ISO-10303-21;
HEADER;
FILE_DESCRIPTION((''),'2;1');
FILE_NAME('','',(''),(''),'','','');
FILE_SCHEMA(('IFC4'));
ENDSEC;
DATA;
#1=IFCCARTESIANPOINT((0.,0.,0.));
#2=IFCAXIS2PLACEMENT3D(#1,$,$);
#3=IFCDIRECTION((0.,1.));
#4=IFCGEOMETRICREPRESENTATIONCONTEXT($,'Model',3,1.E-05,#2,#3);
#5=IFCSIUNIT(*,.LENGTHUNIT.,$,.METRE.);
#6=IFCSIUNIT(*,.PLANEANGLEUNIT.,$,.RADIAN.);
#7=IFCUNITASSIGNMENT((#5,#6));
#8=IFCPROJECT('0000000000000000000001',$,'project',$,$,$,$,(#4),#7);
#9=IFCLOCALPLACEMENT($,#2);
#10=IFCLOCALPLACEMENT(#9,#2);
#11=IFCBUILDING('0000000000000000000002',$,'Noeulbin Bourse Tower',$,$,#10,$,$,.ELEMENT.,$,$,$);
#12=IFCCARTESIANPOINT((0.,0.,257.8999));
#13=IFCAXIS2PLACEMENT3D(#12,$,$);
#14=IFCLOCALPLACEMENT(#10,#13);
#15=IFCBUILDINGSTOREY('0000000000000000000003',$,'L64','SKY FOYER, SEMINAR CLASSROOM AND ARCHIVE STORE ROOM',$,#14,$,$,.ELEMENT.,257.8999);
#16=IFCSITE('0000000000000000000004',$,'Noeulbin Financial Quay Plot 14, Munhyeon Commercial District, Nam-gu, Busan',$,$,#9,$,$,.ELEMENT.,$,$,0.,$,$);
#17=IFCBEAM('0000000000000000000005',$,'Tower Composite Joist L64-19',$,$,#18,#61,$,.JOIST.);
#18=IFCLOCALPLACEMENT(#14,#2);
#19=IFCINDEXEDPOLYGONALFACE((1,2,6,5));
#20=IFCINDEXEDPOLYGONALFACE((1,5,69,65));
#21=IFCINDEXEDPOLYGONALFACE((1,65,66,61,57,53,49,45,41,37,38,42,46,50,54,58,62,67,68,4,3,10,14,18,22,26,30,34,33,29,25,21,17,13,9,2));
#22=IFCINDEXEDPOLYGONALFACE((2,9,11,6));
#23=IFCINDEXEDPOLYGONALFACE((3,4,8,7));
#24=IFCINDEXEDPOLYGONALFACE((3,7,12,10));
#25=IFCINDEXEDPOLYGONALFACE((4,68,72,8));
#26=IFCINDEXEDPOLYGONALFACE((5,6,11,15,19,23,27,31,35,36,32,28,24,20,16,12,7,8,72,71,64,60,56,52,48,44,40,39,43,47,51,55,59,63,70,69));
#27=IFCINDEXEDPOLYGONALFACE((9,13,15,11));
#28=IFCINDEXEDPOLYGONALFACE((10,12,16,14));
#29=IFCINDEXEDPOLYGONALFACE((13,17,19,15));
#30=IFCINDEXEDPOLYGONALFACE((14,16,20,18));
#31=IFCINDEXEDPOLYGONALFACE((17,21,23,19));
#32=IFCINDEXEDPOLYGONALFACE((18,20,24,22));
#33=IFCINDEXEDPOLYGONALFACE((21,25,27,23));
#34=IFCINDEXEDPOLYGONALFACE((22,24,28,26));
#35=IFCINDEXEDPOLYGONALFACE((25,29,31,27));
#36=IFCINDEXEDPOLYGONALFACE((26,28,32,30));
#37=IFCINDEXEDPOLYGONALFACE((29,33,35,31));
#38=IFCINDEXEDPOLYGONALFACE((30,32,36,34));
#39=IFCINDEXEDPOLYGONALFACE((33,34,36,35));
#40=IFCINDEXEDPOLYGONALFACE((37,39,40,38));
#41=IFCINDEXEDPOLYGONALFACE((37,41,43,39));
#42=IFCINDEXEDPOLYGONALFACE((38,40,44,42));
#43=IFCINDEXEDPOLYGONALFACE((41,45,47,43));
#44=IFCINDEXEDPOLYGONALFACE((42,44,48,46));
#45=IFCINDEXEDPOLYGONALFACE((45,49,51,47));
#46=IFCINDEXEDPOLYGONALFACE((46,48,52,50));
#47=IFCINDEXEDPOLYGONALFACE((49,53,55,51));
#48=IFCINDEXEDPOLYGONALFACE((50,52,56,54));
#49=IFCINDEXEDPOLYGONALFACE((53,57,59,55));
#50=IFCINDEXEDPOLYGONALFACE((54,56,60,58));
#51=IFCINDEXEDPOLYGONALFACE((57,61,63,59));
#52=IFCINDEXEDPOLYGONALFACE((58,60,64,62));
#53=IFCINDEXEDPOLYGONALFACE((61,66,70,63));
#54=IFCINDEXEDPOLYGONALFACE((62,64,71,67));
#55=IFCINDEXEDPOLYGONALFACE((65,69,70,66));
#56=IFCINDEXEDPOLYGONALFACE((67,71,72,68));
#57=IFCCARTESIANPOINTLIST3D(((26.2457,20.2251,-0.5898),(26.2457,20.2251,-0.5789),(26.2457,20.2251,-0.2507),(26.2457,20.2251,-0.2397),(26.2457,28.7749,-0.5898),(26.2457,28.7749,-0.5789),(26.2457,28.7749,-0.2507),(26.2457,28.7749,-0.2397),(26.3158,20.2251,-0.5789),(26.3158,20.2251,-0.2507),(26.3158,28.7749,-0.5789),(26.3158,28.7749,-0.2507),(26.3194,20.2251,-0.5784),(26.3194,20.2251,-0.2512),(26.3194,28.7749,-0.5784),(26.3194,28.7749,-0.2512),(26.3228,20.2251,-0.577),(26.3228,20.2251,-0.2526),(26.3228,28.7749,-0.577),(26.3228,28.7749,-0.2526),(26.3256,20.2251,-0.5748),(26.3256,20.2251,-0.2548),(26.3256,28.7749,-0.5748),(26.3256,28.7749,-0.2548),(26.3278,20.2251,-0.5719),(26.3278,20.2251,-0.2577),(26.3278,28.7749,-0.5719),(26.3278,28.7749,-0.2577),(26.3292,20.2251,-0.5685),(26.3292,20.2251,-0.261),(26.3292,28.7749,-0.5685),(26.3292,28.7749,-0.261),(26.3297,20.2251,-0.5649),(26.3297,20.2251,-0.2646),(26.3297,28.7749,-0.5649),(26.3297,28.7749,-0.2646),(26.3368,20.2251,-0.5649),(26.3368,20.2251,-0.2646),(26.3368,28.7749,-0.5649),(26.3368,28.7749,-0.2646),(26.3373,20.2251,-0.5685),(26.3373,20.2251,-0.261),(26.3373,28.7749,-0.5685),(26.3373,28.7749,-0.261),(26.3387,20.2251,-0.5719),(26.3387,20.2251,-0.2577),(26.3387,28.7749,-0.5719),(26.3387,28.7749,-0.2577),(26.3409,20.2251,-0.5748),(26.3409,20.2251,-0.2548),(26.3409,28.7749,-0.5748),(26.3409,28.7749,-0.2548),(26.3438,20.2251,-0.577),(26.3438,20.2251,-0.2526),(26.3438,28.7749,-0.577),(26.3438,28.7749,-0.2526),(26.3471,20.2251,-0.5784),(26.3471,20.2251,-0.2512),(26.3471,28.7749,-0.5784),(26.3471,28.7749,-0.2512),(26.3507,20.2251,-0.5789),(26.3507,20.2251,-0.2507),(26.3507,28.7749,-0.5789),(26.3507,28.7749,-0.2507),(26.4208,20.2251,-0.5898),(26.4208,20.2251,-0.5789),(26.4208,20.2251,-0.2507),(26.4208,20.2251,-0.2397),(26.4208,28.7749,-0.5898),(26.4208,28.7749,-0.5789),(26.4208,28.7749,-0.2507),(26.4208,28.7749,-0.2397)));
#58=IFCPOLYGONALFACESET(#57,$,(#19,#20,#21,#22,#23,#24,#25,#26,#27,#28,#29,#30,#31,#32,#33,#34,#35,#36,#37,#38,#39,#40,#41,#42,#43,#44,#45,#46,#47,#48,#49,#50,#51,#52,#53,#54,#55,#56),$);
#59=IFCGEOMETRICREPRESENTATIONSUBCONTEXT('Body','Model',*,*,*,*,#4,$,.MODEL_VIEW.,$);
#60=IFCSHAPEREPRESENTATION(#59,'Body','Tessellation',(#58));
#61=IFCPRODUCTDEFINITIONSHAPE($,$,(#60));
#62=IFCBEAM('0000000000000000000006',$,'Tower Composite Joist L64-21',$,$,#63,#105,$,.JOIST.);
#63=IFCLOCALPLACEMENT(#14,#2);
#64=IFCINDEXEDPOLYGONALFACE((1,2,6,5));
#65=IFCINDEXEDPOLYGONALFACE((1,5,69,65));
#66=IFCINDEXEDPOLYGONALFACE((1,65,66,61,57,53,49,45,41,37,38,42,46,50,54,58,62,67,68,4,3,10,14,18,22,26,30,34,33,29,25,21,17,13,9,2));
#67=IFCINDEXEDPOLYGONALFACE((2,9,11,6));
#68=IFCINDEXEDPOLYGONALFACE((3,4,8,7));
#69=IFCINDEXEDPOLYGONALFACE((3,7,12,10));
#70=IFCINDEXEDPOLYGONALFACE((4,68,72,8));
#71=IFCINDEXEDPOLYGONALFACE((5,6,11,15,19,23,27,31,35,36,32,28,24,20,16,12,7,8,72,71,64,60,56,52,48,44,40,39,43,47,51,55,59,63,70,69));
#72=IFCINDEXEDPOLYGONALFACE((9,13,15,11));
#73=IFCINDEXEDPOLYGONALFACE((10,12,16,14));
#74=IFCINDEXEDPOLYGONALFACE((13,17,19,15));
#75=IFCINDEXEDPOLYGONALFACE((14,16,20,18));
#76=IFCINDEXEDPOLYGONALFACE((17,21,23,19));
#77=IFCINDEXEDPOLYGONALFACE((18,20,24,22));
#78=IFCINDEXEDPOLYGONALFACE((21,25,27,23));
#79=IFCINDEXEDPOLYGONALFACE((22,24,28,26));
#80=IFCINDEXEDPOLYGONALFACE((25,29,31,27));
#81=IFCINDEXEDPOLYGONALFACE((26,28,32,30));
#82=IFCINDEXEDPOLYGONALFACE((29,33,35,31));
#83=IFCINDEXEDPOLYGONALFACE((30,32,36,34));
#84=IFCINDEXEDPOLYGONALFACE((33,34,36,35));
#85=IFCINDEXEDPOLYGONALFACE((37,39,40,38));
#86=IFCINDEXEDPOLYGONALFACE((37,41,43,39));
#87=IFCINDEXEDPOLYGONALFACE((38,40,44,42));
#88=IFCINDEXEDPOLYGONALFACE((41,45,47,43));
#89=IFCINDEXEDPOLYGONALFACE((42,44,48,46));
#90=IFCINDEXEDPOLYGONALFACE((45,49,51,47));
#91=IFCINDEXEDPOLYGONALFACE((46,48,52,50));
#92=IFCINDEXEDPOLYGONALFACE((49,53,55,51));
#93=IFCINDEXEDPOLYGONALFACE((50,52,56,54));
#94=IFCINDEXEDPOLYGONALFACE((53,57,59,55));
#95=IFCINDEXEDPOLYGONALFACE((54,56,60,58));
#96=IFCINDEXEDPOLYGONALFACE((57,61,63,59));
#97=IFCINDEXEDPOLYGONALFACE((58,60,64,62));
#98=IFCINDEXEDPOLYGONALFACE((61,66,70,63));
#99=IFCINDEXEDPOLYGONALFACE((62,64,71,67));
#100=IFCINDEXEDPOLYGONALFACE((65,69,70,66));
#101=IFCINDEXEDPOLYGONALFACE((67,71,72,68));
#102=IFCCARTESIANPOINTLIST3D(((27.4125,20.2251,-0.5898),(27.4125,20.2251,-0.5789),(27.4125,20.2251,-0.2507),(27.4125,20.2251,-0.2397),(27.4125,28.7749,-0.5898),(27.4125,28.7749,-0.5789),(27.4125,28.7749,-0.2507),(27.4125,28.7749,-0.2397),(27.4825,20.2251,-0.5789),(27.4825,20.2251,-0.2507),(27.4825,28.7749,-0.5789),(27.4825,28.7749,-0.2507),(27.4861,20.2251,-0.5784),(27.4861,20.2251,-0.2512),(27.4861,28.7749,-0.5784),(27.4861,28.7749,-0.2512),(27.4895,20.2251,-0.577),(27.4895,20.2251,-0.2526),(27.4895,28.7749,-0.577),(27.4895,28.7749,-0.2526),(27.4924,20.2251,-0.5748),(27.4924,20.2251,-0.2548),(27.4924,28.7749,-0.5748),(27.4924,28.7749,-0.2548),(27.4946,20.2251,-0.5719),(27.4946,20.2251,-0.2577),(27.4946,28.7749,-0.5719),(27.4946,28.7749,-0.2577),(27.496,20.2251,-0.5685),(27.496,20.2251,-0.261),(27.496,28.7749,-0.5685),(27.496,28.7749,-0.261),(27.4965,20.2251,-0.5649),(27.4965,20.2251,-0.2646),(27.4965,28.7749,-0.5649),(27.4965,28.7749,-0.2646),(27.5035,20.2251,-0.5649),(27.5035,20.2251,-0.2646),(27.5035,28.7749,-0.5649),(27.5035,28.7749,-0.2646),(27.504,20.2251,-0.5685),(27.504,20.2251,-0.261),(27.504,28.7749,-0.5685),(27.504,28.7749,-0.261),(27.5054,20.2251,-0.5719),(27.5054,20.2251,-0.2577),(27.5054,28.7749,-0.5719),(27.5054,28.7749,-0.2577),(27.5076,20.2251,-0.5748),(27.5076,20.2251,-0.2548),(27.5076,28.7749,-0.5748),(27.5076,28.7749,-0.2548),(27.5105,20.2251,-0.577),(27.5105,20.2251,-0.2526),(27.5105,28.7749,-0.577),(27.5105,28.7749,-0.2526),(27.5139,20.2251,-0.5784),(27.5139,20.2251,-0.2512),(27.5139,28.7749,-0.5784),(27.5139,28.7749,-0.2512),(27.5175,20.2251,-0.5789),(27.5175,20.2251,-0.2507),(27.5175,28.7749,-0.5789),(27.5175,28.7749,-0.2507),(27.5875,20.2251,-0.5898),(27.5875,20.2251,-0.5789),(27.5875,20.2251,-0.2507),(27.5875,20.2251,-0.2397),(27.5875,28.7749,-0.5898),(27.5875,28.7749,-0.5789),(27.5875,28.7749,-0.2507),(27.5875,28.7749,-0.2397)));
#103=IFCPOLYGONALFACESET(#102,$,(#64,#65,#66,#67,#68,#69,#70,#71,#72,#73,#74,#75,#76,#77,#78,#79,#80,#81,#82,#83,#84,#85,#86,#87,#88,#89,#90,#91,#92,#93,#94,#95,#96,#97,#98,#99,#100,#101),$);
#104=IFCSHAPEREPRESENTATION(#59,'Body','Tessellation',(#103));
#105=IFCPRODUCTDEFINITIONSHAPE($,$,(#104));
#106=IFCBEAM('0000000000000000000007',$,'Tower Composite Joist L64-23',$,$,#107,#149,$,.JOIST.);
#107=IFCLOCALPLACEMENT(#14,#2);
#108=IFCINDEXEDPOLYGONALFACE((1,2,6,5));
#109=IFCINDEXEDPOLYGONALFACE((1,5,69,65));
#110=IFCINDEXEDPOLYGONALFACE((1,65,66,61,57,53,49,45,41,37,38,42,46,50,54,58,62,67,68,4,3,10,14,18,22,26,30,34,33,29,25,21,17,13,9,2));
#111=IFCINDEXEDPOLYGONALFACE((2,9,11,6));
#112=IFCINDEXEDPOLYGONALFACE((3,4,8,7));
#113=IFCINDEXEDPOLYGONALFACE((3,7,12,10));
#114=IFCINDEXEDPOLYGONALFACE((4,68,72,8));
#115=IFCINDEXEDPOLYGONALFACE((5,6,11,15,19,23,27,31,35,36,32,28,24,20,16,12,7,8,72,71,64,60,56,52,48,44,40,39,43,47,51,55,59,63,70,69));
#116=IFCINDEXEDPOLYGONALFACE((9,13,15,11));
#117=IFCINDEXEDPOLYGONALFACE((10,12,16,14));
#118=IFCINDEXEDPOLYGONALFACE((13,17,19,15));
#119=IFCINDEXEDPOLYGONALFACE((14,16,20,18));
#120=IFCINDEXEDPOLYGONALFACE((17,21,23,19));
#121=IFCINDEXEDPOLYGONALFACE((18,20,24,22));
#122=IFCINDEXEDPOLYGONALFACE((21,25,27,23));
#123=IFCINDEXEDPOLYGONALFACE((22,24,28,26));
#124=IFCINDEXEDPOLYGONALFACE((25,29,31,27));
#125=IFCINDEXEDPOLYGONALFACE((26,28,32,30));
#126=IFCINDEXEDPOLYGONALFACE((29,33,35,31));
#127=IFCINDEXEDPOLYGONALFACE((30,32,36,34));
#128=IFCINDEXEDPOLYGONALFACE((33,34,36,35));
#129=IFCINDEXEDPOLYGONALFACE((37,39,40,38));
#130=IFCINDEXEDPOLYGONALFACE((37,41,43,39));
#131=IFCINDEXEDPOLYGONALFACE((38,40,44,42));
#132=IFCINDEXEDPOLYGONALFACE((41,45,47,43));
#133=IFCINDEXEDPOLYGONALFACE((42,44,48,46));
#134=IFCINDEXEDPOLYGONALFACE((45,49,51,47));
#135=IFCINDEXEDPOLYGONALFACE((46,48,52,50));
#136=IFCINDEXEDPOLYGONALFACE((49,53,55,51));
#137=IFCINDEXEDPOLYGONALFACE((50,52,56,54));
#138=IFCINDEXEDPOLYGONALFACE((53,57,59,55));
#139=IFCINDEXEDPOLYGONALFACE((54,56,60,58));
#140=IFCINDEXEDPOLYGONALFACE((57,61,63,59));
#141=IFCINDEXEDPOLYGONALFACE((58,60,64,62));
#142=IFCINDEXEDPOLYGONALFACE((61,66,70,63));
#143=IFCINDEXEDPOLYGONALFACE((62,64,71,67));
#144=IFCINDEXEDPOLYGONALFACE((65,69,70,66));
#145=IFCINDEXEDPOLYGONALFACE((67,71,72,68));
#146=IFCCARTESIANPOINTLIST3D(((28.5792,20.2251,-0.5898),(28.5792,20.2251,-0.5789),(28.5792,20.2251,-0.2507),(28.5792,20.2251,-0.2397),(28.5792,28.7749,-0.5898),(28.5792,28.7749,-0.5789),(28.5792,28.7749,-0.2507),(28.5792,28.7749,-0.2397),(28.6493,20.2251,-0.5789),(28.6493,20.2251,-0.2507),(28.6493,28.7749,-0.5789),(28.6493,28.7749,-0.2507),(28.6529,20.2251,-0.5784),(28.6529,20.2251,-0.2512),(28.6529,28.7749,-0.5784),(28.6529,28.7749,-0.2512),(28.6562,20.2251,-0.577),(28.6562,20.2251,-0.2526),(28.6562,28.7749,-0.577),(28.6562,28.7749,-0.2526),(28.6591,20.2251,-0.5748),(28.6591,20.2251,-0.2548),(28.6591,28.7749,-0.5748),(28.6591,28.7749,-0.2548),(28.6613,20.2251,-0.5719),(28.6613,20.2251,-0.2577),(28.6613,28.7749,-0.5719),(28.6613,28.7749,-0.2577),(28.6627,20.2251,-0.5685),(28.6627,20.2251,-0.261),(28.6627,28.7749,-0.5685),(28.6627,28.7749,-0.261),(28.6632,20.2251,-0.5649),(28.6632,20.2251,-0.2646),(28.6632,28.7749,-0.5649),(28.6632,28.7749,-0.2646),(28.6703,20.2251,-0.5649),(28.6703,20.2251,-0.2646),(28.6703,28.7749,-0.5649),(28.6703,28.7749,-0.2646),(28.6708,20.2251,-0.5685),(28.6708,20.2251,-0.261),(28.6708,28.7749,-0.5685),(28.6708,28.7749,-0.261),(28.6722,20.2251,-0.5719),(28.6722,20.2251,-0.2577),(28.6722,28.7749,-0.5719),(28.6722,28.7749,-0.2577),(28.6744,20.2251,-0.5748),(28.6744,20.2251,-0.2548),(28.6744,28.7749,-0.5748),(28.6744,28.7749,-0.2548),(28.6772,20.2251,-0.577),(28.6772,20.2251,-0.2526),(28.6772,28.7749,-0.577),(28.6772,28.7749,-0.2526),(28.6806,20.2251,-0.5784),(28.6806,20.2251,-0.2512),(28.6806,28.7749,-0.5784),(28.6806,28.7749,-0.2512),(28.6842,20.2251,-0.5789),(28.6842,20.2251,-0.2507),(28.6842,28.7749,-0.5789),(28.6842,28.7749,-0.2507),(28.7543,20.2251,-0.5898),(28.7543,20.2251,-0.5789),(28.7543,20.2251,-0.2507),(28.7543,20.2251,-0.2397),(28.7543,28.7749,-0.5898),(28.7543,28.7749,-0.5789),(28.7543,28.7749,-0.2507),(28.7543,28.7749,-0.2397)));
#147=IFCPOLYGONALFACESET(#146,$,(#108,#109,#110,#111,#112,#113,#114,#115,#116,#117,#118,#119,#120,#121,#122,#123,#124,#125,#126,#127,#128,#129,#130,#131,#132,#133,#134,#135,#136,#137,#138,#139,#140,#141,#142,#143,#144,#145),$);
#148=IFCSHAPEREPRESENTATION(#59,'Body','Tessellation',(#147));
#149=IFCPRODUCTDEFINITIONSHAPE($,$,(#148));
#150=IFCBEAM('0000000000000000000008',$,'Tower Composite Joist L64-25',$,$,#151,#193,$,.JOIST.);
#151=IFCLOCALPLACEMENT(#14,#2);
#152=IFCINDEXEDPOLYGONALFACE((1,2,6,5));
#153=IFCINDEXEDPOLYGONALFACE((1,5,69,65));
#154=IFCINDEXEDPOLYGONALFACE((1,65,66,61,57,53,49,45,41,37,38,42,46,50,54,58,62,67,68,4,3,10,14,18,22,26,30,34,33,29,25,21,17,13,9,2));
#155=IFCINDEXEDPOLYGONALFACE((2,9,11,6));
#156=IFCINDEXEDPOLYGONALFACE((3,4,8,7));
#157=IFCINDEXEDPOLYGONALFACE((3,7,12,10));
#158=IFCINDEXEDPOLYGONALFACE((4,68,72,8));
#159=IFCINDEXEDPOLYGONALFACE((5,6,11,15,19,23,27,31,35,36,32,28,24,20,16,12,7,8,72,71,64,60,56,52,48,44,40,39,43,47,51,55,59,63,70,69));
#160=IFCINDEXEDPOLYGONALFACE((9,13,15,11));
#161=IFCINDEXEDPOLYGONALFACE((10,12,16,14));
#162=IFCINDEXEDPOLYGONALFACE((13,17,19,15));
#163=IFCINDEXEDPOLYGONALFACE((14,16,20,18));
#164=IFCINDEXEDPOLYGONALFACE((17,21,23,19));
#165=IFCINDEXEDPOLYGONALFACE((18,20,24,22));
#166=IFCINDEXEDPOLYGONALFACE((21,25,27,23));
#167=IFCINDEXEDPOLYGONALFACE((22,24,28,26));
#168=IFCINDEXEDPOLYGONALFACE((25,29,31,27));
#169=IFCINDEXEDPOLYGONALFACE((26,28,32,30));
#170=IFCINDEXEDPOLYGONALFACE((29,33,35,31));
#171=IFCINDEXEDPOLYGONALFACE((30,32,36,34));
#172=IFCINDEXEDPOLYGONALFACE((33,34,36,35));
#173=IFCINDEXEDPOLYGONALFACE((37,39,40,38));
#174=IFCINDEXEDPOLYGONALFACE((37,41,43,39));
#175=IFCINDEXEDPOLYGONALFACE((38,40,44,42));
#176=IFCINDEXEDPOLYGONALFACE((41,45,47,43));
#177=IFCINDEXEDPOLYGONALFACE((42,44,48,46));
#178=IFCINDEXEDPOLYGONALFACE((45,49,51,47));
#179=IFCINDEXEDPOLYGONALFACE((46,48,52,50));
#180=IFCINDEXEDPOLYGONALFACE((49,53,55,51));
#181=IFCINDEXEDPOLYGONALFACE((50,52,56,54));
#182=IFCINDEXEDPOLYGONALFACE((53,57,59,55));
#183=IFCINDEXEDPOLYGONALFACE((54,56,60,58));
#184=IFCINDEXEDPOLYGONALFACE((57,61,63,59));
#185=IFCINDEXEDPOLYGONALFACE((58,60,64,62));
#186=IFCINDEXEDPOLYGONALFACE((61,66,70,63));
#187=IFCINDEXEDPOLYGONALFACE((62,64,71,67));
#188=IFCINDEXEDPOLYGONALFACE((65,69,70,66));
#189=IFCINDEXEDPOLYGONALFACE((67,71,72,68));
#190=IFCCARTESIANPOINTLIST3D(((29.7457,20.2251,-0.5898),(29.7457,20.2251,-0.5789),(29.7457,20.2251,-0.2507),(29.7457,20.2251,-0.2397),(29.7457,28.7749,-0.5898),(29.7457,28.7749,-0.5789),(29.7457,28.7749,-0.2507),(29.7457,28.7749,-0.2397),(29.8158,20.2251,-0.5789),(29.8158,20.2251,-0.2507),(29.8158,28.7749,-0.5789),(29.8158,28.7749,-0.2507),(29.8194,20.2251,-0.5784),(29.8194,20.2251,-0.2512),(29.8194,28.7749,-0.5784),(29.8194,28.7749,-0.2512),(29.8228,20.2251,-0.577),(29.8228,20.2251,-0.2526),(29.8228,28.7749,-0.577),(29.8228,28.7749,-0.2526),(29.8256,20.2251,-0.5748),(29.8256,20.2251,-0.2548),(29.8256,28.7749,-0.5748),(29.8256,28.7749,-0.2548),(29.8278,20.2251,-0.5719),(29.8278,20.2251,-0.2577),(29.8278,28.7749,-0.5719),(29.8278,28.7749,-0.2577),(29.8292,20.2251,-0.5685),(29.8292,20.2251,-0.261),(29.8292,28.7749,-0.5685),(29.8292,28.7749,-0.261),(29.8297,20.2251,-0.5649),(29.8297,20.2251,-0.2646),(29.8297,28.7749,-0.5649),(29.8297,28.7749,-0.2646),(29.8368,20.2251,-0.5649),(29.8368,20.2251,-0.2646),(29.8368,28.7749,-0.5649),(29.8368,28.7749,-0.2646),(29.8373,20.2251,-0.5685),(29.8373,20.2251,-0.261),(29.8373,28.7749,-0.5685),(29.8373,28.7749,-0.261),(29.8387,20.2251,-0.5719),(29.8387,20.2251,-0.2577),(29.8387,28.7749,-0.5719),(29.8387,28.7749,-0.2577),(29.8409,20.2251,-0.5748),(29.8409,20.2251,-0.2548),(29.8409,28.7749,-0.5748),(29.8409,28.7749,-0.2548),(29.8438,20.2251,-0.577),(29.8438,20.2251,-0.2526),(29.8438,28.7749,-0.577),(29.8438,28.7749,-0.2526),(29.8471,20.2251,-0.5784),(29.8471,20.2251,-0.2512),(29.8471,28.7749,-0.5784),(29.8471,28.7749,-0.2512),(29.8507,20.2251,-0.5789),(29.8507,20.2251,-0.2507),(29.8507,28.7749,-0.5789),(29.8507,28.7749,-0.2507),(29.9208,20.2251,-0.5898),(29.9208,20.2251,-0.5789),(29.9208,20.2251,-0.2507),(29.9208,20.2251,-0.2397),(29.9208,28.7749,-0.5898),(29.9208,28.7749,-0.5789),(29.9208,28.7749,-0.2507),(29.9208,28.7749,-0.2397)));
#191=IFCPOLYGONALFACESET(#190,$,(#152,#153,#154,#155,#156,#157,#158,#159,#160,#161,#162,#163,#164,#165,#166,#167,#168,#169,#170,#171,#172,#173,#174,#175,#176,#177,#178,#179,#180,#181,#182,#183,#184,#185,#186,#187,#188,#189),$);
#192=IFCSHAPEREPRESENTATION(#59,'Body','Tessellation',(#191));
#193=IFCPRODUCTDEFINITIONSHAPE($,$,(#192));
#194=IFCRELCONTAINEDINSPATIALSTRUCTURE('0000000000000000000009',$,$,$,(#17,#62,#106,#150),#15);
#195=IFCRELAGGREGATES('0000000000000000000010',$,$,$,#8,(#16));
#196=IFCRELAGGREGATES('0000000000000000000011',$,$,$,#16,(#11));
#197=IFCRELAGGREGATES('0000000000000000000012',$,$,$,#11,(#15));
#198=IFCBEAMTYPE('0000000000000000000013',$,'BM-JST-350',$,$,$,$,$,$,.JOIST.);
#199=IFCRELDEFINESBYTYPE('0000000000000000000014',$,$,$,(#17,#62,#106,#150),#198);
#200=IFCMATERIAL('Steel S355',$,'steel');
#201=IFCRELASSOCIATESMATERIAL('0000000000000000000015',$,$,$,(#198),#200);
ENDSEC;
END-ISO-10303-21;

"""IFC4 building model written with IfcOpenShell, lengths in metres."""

from ifc_helpers import new_model, si_unit, direction, frame, origin, origin_2d, place, context, subcontext, project, spatial, i_section, extrude, material, material_profile, profile_set, type_object, element, save


model = new_model("IFC4")

# Units and contexts
model_context = context("Model", 3, precision=1e-05, world=origin(), true_north=direction((0.0, 1.0)))
body_context = subcontext(model_context, "Body", "Model", "MODEL_VIEW")
ifc_project = project(units=[si_unit("LENGTHUNIT", "METRE"), si_unit("PLANEANGLEUNIT", "RADIAN")], contexts=[model_context])

# Site, building, storey
site_placement = place(None, origin())
site = spatial("IfcSite", under=ifc_project, at=site_placement, Name="Noeulbin Financial Quay Plot 14, Munhyeon Commercial District, Nam-gu, Busan", CompositionType="ELEMENT", RefElevation=0.0)
building_placement = place(site_placement, origin())
building = spatial("IfcBuilding", under=site, at=building_placement, Name="Noeulbin Bourse Tower", CompositionType="ELEMENT")
storey_placement = place(building_placement, frame((0.0, 0.0, 257.8999)))
storey = spatial("IfcBuildingStorey", under=building, at=storey_placement, Name="L64", Description="SKY FOYER, SEMINAR CLASSROOM AND ARCHIVE STORE ROOM", CompositionType="ELEMENT", Elevation=257.8999)

# Shared definitions
ifc_material_1 = material(Name="Steel S355", Category="steel")

# Beams
ifc_material_profile_1 = material_profile(ifc_material_1, i_section(OverallWidth=0.175, OverallDepth=0.3501, WebThickness=0.0071, FlangeThickness=0.011, FilletRadius=0.0139, at=origin_2d()), Name="H-350x175x7x11", Category="LoadBearing")
ifc_profile_set_1 = profile_set([ifc_material_profile_1], Name="Steel S355")
beam_type_1 = type_object("IfcBeamType", Name="BM-JST-350", PredefinedType="JOIST", material=ifc_profile_set_1)
for number, where, z_axis, x_axis, name in (
    (1, (26.3333, 20.2251, -0.4148), (0.0, 1.0, 0.0), (-1.0, 0.0, 0.0), "Tower Composite Joist L64-19"),
    (2, (27.5, 20.2251, -0.4148), (0.0, 1.0, 0.0), (-1.0, 0.0, 0.0), "Tower Composite Joist L64-21"),
    (3, (28.6667, 20.2251, -0.4148), (0.0, 1.0, 0.0), (-1.0, 0.0, 0.0), "Tower Composite Joist L64-23"),
    (4, (29.8333, 20.2251, -0.4148), (0.0, 1.0, 0.0), (-1.0, 0.0, 0.0), "Tower Composite Joist L64-25"),
):
    element("IfcBeam", number, at=place(storey_placement, frame(where, z_axis=z_axis, x_axis=x_axis)), inside=storey, type_object=beam_type_1, Name=name, PredefinedType="JOIST", context=body_context, shape_type="SweptSolid", body=[
        extrude(i_section(OverallWidth=0.175, OverallDepth=0.3501, WebThickness=0.0071, FlangeThickness=0.011, FilletRadius=0.0139, at=origin_2d()), origin(), (0.0, 0.0, 1.0), 8.5498),
    ])

save(model, "model.ifc")
